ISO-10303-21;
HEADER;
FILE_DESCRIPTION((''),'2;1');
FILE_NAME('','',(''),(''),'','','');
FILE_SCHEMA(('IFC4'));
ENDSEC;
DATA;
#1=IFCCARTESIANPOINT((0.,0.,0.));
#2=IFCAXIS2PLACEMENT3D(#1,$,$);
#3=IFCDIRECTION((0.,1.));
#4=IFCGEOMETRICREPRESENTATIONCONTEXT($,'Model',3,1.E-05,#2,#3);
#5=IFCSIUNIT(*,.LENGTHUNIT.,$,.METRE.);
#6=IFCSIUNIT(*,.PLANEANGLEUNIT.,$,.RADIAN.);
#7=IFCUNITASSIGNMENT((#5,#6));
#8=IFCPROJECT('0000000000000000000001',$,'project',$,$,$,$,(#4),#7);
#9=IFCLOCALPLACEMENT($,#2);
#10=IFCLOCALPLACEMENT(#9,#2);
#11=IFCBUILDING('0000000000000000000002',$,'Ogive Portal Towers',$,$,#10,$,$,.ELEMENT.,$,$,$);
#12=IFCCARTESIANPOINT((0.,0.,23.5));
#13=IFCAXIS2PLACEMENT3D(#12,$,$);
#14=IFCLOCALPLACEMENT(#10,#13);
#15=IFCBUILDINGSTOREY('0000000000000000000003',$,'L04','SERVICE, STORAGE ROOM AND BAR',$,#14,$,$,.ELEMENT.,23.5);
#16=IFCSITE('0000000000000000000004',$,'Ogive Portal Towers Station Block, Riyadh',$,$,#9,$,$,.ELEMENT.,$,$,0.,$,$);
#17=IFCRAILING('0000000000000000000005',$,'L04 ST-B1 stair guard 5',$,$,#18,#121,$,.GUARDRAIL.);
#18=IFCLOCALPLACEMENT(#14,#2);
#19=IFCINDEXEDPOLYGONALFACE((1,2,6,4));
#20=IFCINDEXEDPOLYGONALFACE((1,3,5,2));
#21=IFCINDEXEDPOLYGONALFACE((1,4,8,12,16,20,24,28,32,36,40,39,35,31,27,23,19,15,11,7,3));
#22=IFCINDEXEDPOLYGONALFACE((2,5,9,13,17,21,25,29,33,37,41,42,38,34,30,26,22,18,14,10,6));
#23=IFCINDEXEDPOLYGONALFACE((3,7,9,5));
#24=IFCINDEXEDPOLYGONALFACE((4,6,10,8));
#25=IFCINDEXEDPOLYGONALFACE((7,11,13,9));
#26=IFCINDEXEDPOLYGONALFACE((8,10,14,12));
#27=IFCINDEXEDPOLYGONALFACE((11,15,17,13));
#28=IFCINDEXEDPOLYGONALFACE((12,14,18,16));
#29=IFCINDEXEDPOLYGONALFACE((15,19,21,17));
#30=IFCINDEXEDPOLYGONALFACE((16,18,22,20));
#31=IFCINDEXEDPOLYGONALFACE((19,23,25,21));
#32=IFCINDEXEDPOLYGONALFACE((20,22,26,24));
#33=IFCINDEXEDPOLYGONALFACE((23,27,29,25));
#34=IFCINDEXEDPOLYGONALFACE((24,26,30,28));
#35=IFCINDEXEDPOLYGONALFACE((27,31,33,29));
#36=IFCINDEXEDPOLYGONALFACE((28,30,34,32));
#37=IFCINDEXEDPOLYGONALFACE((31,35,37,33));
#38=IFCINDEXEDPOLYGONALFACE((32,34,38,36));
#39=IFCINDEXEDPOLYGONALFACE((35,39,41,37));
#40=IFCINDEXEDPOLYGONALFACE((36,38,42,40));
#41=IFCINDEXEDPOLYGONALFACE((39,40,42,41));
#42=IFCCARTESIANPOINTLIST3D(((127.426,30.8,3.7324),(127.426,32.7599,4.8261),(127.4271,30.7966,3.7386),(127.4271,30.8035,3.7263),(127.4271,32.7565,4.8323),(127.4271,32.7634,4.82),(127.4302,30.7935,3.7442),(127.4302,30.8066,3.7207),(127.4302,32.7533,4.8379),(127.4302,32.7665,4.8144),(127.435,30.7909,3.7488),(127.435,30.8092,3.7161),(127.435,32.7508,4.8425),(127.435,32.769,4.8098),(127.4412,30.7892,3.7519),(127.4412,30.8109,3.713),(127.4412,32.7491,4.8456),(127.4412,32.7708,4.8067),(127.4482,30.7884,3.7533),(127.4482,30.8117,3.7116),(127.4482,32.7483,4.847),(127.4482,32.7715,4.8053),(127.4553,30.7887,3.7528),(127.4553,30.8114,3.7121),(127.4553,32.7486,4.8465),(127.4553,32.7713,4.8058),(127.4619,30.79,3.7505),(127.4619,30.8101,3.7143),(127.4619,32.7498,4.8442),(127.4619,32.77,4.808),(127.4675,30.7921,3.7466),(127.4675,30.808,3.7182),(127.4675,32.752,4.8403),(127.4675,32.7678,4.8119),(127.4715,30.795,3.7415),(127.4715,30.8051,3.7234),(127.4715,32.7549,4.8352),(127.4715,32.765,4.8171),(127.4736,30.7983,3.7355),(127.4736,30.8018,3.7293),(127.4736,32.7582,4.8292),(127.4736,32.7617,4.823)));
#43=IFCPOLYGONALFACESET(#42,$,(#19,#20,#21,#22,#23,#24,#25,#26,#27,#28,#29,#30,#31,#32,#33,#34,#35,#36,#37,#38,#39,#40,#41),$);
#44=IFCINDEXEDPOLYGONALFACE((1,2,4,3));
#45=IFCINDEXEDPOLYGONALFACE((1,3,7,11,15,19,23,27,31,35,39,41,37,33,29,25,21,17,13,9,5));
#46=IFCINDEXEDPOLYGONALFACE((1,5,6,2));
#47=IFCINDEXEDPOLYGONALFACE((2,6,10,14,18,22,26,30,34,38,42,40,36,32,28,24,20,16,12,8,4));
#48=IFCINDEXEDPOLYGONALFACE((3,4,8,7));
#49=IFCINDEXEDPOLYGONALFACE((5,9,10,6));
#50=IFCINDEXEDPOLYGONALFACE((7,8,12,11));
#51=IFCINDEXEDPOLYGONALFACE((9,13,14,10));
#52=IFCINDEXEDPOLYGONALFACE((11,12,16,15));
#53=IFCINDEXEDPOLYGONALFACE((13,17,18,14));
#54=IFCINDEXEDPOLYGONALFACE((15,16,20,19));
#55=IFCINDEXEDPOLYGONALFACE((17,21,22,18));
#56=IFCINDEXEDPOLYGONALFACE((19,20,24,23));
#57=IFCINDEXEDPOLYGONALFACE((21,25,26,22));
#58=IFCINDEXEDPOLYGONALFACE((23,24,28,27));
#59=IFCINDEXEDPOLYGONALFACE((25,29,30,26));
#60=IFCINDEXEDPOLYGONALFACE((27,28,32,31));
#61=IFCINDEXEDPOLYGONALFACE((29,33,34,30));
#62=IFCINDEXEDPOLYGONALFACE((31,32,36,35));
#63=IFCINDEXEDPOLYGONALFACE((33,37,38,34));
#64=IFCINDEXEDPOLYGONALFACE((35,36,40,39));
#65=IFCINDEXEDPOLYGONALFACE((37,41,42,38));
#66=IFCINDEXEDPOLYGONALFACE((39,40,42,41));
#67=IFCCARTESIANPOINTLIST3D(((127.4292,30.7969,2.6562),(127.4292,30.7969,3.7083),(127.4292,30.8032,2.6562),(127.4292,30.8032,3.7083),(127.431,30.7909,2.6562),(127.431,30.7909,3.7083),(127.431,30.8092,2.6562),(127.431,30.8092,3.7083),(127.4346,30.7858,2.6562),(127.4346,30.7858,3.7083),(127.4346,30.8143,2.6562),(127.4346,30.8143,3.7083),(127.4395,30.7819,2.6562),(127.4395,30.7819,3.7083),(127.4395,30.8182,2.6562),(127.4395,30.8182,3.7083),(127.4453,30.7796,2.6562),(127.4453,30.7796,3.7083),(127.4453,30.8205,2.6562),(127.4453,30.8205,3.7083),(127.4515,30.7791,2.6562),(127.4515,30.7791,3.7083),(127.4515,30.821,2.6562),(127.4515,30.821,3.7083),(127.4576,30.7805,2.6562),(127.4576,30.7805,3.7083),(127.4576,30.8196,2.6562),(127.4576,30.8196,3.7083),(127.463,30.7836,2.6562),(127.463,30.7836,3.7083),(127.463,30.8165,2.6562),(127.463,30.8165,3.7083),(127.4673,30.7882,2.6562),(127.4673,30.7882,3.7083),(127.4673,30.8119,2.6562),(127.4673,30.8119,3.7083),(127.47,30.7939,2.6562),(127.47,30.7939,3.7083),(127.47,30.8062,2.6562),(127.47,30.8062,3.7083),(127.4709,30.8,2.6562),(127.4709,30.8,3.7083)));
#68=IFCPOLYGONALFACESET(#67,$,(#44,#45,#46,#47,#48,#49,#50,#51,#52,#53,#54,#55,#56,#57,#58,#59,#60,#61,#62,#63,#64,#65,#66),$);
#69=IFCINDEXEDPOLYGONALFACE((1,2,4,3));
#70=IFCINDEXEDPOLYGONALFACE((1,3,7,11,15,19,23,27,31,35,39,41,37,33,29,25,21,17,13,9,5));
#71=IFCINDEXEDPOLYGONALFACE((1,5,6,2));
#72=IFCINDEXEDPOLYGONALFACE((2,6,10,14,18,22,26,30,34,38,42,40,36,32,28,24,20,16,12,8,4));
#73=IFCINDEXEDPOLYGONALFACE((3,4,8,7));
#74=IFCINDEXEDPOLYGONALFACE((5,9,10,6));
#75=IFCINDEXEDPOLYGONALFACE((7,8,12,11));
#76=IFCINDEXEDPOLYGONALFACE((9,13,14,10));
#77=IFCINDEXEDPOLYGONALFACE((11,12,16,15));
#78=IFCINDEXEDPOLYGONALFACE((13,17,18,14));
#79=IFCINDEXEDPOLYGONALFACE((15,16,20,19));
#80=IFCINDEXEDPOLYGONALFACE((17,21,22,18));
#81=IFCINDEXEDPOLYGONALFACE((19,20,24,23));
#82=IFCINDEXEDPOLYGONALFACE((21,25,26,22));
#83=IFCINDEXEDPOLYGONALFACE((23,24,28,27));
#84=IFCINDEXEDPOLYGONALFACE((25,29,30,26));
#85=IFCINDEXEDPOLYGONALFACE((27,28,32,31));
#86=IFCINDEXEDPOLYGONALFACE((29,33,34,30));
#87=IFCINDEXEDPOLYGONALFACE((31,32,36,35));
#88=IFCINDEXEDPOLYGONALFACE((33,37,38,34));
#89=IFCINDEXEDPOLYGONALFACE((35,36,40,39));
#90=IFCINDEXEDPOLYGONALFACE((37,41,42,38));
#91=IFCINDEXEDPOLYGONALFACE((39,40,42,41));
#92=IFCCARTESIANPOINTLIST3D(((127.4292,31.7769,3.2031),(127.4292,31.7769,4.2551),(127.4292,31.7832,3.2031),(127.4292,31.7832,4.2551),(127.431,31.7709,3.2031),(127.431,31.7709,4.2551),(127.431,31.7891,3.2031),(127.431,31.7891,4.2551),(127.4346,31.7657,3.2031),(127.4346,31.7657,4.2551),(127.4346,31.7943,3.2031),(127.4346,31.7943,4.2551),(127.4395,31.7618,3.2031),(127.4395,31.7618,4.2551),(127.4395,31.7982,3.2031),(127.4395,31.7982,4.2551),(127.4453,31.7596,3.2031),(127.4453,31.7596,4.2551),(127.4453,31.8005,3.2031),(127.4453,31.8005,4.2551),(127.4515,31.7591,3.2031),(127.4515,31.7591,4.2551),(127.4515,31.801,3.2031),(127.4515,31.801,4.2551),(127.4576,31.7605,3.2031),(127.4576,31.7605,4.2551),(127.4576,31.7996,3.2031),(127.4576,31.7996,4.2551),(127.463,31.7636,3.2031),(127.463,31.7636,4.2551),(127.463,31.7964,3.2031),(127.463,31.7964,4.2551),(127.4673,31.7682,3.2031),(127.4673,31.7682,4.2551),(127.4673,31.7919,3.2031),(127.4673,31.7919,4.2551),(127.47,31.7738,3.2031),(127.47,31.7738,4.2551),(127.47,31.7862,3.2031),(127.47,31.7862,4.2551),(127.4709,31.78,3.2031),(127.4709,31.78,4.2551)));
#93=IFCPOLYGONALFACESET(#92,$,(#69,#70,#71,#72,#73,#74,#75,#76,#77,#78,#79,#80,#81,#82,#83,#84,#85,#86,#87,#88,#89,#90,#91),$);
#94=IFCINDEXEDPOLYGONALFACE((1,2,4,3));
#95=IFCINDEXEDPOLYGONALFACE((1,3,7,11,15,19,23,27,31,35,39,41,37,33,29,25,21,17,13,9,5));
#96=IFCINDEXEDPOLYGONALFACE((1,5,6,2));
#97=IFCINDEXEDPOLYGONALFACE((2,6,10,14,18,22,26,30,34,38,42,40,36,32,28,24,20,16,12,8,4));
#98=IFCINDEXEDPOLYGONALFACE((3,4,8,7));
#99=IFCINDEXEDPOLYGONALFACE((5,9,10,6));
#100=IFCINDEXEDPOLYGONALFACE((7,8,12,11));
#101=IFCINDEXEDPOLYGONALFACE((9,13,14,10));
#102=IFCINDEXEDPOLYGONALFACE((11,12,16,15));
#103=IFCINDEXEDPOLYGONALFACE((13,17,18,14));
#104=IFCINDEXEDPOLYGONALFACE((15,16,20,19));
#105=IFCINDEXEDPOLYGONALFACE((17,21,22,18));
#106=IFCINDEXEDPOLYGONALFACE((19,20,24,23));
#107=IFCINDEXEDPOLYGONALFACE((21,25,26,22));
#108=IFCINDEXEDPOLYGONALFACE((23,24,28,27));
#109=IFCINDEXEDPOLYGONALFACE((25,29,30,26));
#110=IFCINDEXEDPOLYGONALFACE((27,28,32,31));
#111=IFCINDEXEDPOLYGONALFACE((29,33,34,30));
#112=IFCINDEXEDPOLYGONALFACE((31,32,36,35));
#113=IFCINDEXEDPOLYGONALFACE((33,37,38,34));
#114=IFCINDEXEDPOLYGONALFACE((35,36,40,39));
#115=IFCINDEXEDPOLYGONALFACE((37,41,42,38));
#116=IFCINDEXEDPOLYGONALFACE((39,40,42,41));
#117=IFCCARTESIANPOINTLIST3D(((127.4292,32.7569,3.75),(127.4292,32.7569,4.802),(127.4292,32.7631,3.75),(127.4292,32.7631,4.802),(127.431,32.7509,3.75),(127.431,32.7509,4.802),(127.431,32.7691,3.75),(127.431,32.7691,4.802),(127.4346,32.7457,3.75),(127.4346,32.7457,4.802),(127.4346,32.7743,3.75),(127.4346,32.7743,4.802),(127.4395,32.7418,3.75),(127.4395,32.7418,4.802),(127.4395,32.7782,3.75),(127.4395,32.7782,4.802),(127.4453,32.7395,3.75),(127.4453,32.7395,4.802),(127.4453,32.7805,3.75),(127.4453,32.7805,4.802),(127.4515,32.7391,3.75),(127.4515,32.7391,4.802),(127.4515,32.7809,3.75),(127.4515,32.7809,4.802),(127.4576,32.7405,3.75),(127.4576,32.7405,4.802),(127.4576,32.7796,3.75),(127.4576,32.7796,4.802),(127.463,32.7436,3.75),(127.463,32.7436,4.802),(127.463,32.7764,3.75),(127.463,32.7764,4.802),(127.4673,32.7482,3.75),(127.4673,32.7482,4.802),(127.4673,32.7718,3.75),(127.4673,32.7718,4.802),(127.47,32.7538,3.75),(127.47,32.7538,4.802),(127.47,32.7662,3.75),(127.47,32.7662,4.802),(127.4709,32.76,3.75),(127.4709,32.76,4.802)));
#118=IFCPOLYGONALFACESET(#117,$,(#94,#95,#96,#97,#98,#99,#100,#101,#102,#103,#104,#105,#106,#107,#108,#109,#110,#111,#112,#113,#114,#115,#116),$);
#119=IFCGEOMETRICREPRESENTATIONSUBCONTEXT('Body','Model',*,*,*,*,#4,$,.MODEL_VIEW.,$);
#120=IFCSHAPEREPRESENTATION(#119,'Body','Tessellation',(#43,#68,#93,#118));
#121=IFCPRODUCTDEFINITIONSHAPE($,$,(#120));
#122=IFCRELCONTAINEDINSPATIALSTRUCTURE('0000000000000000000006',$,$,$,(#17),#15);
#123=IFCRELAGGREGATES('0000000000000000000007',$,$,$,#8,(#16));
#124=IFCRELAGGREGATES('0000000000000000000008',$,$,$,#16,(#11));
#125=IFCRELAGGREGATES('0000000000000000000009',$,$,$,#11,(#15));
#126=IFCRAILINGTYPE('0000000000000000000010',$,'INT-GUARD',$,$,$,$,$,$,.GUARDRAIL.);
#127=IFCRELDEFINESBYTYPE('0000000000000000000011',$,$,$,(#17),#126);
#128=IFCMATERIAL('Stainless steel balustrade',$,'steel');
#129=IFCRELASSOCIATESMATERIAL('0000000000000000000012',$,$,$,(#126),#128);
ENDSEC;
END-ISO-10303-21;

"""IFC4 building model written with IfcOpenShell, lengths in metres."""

from ifc_helpers import new_model, si_unit, direction, frame, origin, origin_2d, place, context, subcontext, project, spatial, circle, extrude, material, type_object, element, save


model = new_model("IFC4")

# Units and contexts
model_context = context("Model", 3, precision=1e-05, world=origin(), true_north=direction((0.0, 1.0)))
body_context = subcontext(model_context, "Body", "Model", "MODEL_VIEW")
ifc_project = project(units=[si_unit("LENGTHUNIT", "METRE"), si_unit("PLANEANGLEUNIT", "RADIAN")], contexts=[model_context])

# Site, building, storey
site_placement = place(None, origin())
site = spatial("IfcSite", under=ifc_project, at=site_placement, Name="Ogive Portal Towers Station Block, Riyadh", CompositionType="ELEMENT", RefElevation=0.0)
building_placement = place(site_placement, origin())
building = spatial("IfcBuilding", under=site, at=building_placement, Name="Ogive Portal Towers", CompositionType="ELEMENT")
storey_placement = place(building_placement, frame((0.0, 0.0, 23.5)))
storey = spatial("IfcBuildingStorey", under=building, at=storey_placement, Name="L04", Description="SERVICE, STORAGE ROOM AND BAR", CompositionType="ELEMENT", Elevation=23.5)

# Railing
ifc_material_1 = material(Name="Stainless steel balustrade", Category="steel")
railing_type_1 = type_object("IfcRailingType", Name="INT-GUARD", PredefinedType="GUARDRAIL", material=ifc_material_1)
railing_placement = place(storey_placement, frame((127.45, 30.8, 2.6562)))
element("IfcRailing", 1, at=railing_placement, inside=storey, type_object=railing_type_1, Name="L04 ST-B1 stair guard 5", PredefinedType="GUARDRAIL", context=body_context, shape_type="SweptSolid", body=[
    extrude(circle(Radius=0.0239, at=origin_2d()), frame((0.0, 0.0, 1.0762), z_axis=(0.0, 0.873232, 0.487304), x_axis=(-1.0, 0.0, 0.0)), (0.0, 0.0, 1.0), 2.2444),
    extrude(circle(Radius=0.021, at=origin_2d()), origin(), (0.0, 0.0, 1.0), 1.052),
    extrude(circle(Radius=0.021, at=origin_2d()), frame((0.0, 0.98, 0.5469)), (0.0, 0.0, 1.0), 1.052),
    extrude(circle(Radius=0.021, at=origin_2d()), frame((0.0, 1.96, 1.0938)), (0.0, 0.0, 1.0), 1.052),
])

save(model, "model.ifc")
